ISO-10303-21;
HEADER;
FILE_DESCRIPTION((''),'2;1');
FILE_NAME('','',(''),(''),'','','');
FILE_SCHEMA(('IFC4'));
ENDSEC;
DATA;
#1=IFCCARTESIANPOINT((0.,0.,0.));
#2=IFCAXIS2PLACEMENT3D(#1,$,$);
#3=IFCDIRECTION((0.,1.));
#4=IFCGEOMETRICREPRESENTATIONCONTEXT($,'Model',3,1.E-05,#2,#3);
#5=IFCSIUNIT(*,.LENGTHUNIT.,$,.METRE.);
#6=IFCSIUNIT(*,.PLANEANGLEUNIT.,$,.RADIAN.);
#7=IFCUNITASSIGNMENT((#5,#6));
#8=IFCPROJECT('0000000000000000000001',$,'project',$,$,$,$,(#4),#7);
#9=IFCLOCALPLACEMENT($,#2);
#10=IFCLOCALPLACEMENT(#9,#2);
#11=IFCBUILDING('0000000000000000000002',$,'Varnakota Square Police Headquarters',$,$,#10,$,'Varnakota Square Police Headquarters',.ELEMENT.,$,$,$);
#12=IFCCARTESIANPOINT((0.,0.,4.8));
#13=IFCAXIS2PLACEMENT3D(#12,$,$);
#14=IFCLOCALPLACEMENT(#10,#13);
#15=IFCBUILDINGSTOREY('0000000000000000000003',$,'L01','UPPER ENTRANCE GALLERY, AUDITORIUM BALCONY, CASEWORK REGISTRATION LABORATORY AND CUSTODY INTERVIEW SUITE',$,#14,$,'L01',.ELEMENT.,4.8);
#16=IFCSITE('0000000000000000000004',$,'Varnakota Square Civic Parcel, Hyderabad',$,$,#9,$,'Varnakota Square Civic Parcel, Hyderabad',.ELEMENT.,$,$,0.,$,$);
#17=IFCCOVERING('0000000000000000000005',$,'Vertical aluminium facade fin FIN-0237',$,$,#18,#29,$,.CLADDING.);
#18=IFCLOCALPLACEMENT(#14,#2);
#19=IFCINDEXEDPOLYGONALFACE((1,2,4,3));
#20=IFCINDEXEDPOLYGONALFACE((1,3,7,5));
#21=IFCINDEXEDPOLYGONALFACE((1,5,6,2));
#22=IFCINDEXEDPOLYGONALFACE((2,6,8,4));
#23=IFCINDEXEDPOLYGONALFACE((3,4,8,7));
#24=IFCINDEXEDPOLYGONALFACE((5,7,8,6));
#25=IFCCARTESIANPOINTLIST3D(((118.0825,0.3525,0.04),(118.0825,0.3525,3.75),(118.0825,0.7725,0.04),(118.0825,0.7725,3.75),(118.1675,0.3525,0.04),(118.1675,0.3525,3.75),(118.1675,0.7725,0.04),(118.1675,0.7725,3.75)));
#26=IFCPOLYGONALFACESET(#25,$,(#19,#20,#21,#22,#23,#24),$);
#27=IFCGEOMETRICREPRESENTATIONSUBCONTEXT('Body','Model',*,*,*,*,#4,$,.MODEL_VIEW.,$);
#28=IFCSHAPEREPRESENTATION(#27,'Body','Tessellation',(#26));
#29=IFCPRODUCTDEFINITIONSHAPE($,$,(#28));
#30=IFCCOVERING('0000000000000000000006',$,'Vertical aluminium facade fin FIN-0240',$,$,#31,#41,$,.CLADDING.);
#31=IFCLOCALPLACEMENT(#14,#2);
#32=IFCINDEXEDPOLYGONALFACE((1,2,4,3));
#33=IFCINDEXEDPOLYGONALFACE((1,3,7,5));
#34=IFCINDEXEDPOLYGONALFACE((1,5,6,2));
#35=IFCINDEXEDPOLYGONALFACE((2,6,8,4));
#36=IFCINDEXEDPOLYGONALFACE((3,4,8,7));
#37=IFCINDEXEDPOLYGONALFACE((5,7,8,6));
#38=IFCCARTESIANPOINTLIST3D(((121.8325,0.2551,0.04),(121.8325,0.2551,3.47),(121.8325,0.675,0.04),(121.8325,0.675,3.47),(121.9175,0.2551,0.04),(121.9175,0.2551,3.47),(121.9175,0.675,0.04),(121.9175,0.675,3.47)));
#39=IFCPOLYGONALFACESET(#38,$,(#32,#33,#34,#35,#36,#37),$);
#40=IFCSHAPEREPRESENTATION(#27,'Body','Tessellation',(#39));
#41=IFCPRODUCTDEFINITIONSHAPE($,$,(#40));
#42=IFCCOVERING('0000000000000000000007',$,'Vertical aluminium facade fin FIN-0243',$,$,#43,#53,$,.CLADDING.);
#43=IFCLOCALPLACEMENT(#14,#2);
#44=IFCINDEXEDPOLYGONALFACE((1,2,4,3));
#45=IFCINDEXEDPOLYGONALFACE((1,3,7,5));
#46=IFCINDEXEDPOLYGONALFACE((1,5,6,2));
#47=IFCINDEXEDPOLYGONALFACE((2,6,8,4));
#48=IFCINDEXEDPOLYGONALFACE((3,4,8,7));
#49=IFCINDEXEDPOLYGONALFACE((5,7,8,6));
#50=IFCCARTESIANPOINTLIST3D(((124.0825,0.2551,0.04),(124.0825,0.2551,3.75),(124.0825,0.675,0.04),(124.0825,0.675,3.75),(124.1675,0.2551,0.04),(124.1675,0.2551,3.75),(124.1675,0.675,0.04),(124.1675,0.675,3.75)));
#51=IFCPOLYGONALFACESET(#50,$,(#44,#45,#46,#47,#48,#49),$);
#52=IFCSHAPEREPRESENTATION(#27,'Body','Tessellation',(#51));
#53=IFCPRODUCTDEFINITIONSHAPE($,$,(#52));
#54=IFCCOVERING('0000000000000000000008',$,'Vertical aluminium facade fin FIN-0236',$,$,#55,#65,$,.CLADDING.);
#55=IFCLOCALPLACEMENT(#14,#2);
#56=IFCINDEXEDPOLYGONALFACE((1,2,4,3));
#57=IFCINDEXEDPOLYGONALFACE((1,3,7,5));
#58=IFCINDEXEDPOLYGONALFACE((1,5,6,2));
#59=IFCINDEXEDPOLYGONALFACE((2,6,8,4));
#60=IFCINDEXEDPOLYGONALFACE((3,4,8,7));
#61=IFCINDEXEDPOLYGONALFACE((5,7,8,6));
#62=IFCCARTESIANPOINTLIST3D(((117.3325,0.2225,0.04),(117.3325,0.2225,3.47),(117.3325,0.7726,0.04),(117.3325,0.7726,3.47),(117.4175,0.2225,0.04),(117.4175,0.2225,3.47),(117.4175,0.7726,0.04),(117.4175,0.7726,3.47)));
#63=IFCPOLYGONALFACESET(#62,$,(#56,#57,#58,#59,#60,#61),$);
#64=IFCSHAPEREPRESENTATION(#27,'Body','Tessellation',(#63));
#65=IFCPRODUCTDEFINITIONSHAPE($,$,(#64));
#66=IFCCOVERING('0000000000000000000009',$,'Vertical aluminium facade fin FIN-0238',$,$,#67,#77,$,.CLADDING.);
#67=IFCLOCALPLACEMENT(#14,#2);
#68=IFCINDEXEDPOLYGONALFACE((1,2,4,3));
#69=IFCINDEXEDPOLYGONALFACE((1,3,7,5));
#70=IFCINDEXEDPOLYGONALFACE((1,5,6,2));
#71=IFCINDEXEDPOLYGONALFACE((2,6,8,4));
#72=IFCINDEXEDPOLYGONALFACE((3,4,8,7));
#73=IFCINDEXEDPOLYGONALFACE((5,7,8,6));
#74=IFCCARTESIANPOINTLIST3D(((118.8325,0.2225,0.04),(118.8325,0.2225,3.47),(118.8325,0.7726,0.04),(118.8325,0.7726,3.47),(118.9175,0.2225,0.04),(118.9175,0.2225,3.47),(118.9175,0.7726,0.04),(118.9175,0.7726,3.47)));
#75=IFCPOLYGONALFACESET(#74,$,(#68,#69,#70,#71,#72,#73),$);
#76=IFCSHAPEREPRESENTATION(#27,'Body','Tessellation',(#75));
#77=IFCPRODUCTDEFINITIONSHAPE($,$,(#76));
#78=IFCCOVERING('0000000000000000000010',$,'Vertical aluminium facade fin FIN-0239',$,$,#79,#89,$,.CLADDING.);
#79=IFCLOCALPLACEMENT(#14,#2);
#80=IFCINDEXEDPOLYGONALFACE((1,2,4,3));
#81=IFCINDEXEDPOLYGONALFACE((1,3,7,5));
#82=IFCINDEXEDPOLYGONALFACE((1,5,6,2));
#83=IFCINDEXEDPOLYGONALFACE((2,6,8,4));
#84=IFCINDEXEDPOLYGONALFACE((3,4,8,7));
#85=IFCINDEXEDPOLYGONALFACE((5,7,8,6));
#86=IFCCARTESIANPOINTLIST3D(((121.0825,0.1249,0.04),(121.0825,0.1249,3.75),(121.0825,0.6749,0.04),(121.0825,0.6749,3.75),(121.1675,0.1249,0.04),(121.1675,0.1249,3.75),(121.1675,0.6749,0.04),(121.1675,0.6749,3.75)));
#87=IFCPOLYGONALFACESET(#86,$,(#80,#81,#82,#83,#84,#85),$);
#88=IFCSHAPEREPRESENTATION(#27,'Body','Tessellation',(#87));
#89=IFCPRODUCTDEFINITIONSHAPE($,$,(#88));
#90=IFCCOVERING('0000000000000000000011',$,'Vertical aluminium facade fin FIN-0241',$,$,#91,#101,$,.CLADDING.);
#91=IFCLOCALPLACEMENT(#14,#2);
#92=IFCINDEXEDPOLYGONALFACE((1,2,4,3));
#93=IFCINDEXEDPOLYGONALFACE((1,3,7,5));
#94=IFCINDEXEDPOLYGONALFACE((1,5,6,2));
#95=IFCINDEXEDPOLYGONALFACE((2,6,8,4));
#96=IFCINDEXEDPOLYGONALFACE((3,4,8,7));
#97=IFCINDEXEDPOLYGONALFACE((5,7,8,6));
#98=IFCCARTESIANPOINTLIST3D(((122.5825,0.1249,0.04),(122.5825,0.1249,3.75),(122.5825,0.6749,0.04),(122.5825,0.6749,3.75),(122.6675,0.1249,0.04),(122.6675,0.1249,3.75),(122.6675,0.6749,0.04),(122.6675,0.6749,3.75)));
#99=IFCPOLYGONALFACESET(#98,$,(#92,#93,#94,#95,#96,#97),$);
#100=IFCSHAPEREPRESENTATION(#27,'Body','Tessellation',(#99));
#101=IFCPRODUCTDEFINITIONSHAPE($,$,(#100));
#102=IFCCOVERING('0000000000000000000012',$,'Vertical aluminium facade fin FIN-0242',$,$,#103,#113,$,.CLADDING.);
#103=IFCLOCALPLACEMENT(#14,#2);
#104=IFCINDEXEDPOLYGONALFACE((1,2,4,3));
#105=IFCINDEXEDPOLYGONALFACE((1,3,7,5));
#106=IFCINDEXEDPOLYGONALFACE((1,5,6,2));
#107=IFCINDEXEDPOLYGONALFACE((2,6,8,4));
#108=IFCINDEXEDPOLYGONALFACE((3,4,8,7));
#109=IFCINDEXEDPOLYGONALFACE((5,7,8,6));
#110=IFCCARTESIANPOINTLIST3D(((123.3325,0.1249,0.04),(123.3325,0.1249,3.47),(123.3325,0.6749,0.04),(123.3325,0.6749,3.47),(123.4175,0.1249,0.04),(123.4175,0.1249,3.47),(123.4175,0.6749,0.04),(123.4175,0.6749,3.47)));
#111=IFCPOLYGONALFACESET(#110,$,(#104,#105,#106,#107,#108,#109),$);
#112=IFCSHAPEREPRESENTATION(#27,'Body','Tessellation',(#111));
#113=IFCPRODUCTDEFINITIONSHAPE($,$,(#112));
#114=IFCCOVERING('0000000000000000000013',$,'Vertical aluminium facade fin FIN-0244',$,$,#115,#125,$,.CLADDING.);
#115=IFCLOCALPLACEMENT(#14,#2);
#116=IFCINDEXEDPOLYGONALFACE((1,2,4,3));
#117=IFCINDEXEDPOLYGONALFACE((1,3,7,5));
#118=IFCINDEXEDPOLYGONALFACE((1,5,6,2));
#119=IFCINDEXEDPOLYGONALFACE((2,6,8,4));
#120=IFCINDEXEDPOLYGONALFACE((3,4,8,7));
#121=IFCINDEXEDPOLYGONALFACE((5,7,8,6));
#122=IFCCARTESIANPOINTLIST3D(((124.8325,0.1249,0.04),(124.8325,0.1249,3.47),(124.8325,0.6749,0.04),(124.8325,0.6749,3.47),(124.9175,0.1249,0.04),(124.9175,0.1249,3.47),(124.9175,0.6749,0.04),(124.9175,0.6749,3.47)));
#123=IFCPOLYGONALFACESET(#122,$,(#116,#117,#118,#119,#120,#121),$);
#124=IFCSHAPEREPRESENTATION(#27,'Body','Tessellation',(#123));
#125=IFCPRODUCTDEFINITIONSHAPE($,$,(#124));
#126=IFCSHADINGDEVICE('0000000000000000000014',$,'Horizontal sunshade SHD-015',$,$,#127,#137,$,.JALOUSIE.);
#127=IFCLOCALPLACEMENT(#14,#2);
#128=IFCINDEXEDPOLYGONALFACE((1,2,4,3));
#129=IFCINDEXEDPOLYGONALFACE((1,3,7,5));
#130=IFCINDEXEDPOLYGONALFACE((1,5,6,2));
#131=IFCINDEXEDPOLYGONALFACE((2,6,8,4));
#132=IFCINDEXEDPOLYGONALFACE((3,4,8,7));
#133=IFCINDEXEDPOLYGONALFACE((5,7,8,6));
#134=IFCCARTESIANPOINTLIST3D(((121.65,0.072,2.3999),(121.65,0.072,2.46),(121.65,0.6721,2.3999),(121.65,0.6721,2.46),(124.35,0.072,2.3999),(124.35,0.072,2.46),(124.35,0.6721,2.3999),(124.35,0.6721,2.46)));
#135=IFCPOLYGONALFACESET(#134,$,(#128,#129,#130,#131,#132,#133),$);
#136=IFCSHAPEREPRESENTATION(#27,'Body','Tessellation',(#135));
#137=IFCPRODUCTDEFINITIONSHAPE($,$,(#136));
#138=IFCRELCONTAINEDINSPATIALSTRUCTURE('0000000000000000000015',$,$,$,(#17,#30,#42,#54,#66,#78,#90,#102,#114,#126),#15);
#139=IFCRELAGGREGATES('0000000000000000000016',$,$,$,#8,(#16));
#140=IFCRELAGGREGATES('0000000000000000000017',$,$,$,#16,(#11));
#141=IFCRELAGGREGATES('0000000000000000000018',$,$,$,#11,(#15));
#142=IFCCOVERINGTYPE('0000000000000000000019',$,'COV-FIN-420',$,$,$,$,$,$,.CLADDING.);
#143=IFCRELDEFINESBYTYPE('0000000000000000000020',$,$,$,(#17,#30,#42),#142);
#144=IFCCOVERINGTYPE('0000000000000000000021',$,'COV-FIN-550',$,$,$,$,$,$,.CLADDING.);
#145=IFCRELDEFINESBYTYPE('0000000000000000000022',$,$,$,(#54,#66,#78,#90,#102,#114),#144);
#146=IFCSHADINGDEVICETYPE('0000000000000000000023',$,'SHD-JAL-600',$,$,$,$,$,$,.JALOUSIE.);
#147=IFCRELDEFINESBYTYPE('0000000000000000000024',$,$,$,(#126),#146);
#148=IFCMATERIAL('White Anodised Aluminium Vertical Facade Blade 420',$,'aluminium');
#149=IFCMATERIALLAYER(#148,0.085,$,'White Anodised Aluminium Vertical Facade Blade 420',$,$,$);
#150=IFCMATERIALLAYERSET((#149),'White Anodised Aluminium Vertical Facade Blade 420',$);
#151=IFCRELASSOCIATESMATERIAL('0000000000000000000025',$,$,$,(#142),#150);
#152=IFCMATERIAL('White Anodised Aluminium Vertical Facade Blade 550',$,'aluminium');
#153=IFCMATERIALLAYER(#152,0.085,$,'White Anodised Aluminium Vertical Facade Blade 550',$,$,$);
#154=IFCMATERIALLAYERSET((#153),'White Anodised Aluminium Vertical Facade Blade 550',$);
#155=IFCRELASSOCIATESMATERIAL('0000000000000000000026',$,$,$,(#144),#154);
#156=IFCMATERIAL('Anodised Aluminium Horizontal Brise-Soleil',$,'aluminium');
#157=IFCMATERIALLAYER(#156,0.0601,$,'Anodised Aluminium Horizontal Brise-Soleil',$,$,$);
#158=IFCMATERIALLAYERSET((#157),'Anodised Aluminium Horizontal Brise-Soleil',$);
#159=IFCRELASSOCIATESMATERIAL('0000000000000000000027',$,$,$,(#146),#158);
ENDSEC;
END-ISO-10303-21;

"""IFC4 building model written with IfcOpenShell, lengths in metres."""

from ifc_helpers import new_model, si_unit, direction, frame, origin, origin_2d, place, context, subcontext, project, spatial, rectangle, extrude, material, layer, layer_set, type_object, element, save


model = new_model("IFC4")

# Units and contexts
model_context = context("Model", 3, precision=1e-05, world=origin(), true_north=direction((0.0, 1.0)))
body_context = subcontext(model_context, "Body", "Model", "MODEL_VIEW")
ifc_project = project(units=[si_unit("LENGTHUNIT", "METRE"), si_unit("PLANEANGLEUNIT", "RADIAN")], contexts=[model_context])

# Site, building, storey
site_placement = place(None, origin())
site = spatial("IfcSite", under=ifc_project, at=site_placement, Name="Varnakota Square Civic Parcel, Hyderabad", LongName="Varnakota Square Civic Parcel, Hyderabad", CompositionType="ELEMENT", RefElevation=0.0)
building_placement = place(site_placement, origin())
building = spatial("IfcBuilding", under=site, at=building_placement, Name="Varnakota Square Police Headquarters", LongName="Varnakota Square Police Headquarters", CompositionType="ELEMENT")
storey_placement = place(building_placement, frame((0.0, 0.0, 4.8)))
storey = spatial("IfcBuildingStorey", under=building, at=storey_placement, Name="L01", Description="UPPER ENTRANCE GALLERY, AUDITORIUM BALCONY, CASEWORK REGISTRATION LABORATORY AND CUSTODY INTERVIEW SUITE", LongName="L01", CompositionType="ELEMENT", Elevation=4.8)

# Coverings
ifc_material_1 = material(Name="White Anodised Aluminium Vertical Facade Blade 420", Category="aluminium")
ifc_layer_1 = layer(ifc_material_1, 0.085, Name="White Anodised Aluminium Vertical Facade Blade 420")
ifc_layer_set_1 = layer_set([ifc_layer_1], Name="White Anodised Aluminium Vertical Facade Blade 420")
covering_type_1 = type_object("IfcCoveringType", Name="COV-FIN-420", PredefinedType="CLADDING", material=ifc_layer_set_1)
covering_1_placement = place(storey_placement, frame((118.125, 0.5625, 0.04), z_axis=(0.0, 0.0, 1.0), x_axis=(1.0, 0.0, 0.0)))
element("IfcCovering", 1, at=covering_1_placement, inside=storey, type_object=covering_type_1, Name="Vertical aluminium facade fin FIN-0237", PredefinedType="CLADDING", context=body_context, shape_type="SweptSolid", body=[
    extrude(rectangle(XDim=0.085, YDim=0.4199, at=origin_2d()), origin(), (0.0, 0.0, 1.0), 3.71),
])
covering_2_placement = place(storey_placement, frame((121.875, 0.4651, 0.04), z_axis=(0.0, 0.0, 1.0), x_axis=(1.0, 0.0, 0.0)))
element("IfcCovering", 2, at=covering_2_placement, inside=storey, type_object=covering_type_1, Name="Vertical aluminium facade fin FIN-0240", PredefinedType="CLADDING", context=body_context, shape_type="SweptSolid", body=[
    extrude(rectangle(XDim=0.085, YDim=0.4199, at=origin_2d()), origin(), (0.0, 0.0, 1.0), 3.4299),
])
covering_3_placement = place(storey_placement, frame((124.125, 0.4651, 0.04), z_axis=(0.0, 0.0, 1.0), x_axis=(1.0, 0.0, 0.0)))
element("IfcCovering", 3, at=covering_3_placement, inside=storey, type_object=covering_type_1, Name="Vertical aluminium facade fin FIN-0243", PredefinedType="CLADDING", context=body_context, shape_type="SweptSolid", body=[
    extrude(rectangle(XDim=0.085, YDim=0.4199, at=origin_2d()), origin(), (0.0, 0.0, 1.0), 3.71),
])
ifc_material_2 = material(Name="White Anodised Aluminium Vertical Facade Blade 550", Category="aluminium")
ifc_layer_2 = layer(ifc_material_2, 0.085, Name="White Anodised Aluminium Vertical Facade Blade 550")
ifc_layer_set_2 = layer_set([ifc_layer_2], Name="White Anodised Aluminium Vertical Facade Blade 550")
covering_type_2 = type_object("IfcCoveringType", Name="COV-FIN-550", PredefinedType="CLADDING", material=ifc_layer_set_2)
for number, where, z_axis, x_axis, name in (
    (4, (117.375, 0.4976, 0.04), (0.0, 0.0, 1.0), (1.0, 0.0, 0.0), "Vertical aluminium facade fin FIN-0236"),
    (5, (118.875, 0.4976, 0.04), (0.0, 0.0, 1.0), (1.0, 0.0, 0.0), "Vertical aluminium facade fin FIN-0238"),
):
    element("IfcCovering", number, at=place(storey_placement, frame(where, z_axis=z_axis, x_axis=x_axis)), inside=storey, type_object=covering_type_2, Name=name, PredefinedType="CLADDING", context=body_context, shape_type="SweptSolid", body=[
        extrude(rectangle(XDim=0.085, YDim=0.55, at=origin_2d()), origin(), (0.0, 0.0, 1.0), 3.4299),
    ])
for number, where, z_axis, x_axis, name in (
    (6, (121.125, 0.3999, 0.04), (0.0, 0.0, 1.0), (1.0, 0.0, 0.0), "Vertical aluminium facade fin FIN-0239"),
    (7, (122.625, 0.3999, 0.04), (0.0, 0.0, 1.0), (1.0, 0.0, 0.0), "Vertical aluminium facade fin FIN-0241"),
):
    element("IfcCovering", number, at=place(storey_placement, frame(where, z_axis=z_axis, x_axis=x_axis)), inside=storey, type_object=covering_type_2, Name=name, PredefinedType="CLADDING", context=body_context, shape_type="SweptSolid", body=[
        extrude(rectangle(XDim=0.085, YDim=0.55, at=origin_2d()), origin(), (0.0, 0.0, 1.0), 3.71),
    ])
for number, where, z_axis, x_axis, name in (
    (8, (123.375, 0.3999, 0.04), (0.0, 0.0, 1.0), (1.0, 0.0, 0.0), "Vertical aluminium facade fin FIN-0242"),
    (9, (124.875, 0.3999, 0.04), (0.0, 0.0, 1.0), (1.0, 0.0, 0.0), "Vertical aluminium facade fin FIN-0244"),
):
    element("IfcCovering", number, at=place(storey_placement, frame(where, z_axis=z_axis, x_axis=x_axis)), inside=storey, type_object=covering_type_2, Name=name, PredefinedType="CLADDING", context=body_context, shape_type="SweptSolid", body=[
        extrude(rectangle(XDim=0.085, YDim=0.55, at=origin_2d()), origin(), (0.0, 0.0, 1.0), 3.4299),
    ])

# Shading device
ifc_material_3 = material(Name="Anodised Aluminium Horizontal Brise-Soleil", Category="aluminium")
ifc_layer_3 = layer(ifc_material_3, 0.0601, Name="Anodised Aluminium Horizontal Brise-Soleil")
ifc_layer_set_3 = layer_set([ifc_layer_3], Name="Anodised Aluminium Horizontal Brise-Soleil")
shading_device_type = type_object("IfcShadingDeviceType", Name="SHD-JAL-600", PredefinedType="JALOUSIE", material=ifc_layer_set_3)
shading_device_placement = place(storey_placement, frame((123.0, 0.3721, 2.3999), z_axis=(0.0, 0.0, 1.0), x_axis=(1.0, 0.0, 0.0)))
element("IfcShadingDevice", 10, at=shading_device_placement, inside=storey, type_object=shading_device_type, Name="Horizontal sunshade SHD-015", PredefinedType="JALOUSIE", context=body_context, shape_type="SweptSolid", body=[
    extrude(rectangle(XDim=2.7, YDim=0.6001, at=origin_2d()), origin(), (0.0, 0.0, 1.0), 0.0601),
])

save(model, "model.ifc")
